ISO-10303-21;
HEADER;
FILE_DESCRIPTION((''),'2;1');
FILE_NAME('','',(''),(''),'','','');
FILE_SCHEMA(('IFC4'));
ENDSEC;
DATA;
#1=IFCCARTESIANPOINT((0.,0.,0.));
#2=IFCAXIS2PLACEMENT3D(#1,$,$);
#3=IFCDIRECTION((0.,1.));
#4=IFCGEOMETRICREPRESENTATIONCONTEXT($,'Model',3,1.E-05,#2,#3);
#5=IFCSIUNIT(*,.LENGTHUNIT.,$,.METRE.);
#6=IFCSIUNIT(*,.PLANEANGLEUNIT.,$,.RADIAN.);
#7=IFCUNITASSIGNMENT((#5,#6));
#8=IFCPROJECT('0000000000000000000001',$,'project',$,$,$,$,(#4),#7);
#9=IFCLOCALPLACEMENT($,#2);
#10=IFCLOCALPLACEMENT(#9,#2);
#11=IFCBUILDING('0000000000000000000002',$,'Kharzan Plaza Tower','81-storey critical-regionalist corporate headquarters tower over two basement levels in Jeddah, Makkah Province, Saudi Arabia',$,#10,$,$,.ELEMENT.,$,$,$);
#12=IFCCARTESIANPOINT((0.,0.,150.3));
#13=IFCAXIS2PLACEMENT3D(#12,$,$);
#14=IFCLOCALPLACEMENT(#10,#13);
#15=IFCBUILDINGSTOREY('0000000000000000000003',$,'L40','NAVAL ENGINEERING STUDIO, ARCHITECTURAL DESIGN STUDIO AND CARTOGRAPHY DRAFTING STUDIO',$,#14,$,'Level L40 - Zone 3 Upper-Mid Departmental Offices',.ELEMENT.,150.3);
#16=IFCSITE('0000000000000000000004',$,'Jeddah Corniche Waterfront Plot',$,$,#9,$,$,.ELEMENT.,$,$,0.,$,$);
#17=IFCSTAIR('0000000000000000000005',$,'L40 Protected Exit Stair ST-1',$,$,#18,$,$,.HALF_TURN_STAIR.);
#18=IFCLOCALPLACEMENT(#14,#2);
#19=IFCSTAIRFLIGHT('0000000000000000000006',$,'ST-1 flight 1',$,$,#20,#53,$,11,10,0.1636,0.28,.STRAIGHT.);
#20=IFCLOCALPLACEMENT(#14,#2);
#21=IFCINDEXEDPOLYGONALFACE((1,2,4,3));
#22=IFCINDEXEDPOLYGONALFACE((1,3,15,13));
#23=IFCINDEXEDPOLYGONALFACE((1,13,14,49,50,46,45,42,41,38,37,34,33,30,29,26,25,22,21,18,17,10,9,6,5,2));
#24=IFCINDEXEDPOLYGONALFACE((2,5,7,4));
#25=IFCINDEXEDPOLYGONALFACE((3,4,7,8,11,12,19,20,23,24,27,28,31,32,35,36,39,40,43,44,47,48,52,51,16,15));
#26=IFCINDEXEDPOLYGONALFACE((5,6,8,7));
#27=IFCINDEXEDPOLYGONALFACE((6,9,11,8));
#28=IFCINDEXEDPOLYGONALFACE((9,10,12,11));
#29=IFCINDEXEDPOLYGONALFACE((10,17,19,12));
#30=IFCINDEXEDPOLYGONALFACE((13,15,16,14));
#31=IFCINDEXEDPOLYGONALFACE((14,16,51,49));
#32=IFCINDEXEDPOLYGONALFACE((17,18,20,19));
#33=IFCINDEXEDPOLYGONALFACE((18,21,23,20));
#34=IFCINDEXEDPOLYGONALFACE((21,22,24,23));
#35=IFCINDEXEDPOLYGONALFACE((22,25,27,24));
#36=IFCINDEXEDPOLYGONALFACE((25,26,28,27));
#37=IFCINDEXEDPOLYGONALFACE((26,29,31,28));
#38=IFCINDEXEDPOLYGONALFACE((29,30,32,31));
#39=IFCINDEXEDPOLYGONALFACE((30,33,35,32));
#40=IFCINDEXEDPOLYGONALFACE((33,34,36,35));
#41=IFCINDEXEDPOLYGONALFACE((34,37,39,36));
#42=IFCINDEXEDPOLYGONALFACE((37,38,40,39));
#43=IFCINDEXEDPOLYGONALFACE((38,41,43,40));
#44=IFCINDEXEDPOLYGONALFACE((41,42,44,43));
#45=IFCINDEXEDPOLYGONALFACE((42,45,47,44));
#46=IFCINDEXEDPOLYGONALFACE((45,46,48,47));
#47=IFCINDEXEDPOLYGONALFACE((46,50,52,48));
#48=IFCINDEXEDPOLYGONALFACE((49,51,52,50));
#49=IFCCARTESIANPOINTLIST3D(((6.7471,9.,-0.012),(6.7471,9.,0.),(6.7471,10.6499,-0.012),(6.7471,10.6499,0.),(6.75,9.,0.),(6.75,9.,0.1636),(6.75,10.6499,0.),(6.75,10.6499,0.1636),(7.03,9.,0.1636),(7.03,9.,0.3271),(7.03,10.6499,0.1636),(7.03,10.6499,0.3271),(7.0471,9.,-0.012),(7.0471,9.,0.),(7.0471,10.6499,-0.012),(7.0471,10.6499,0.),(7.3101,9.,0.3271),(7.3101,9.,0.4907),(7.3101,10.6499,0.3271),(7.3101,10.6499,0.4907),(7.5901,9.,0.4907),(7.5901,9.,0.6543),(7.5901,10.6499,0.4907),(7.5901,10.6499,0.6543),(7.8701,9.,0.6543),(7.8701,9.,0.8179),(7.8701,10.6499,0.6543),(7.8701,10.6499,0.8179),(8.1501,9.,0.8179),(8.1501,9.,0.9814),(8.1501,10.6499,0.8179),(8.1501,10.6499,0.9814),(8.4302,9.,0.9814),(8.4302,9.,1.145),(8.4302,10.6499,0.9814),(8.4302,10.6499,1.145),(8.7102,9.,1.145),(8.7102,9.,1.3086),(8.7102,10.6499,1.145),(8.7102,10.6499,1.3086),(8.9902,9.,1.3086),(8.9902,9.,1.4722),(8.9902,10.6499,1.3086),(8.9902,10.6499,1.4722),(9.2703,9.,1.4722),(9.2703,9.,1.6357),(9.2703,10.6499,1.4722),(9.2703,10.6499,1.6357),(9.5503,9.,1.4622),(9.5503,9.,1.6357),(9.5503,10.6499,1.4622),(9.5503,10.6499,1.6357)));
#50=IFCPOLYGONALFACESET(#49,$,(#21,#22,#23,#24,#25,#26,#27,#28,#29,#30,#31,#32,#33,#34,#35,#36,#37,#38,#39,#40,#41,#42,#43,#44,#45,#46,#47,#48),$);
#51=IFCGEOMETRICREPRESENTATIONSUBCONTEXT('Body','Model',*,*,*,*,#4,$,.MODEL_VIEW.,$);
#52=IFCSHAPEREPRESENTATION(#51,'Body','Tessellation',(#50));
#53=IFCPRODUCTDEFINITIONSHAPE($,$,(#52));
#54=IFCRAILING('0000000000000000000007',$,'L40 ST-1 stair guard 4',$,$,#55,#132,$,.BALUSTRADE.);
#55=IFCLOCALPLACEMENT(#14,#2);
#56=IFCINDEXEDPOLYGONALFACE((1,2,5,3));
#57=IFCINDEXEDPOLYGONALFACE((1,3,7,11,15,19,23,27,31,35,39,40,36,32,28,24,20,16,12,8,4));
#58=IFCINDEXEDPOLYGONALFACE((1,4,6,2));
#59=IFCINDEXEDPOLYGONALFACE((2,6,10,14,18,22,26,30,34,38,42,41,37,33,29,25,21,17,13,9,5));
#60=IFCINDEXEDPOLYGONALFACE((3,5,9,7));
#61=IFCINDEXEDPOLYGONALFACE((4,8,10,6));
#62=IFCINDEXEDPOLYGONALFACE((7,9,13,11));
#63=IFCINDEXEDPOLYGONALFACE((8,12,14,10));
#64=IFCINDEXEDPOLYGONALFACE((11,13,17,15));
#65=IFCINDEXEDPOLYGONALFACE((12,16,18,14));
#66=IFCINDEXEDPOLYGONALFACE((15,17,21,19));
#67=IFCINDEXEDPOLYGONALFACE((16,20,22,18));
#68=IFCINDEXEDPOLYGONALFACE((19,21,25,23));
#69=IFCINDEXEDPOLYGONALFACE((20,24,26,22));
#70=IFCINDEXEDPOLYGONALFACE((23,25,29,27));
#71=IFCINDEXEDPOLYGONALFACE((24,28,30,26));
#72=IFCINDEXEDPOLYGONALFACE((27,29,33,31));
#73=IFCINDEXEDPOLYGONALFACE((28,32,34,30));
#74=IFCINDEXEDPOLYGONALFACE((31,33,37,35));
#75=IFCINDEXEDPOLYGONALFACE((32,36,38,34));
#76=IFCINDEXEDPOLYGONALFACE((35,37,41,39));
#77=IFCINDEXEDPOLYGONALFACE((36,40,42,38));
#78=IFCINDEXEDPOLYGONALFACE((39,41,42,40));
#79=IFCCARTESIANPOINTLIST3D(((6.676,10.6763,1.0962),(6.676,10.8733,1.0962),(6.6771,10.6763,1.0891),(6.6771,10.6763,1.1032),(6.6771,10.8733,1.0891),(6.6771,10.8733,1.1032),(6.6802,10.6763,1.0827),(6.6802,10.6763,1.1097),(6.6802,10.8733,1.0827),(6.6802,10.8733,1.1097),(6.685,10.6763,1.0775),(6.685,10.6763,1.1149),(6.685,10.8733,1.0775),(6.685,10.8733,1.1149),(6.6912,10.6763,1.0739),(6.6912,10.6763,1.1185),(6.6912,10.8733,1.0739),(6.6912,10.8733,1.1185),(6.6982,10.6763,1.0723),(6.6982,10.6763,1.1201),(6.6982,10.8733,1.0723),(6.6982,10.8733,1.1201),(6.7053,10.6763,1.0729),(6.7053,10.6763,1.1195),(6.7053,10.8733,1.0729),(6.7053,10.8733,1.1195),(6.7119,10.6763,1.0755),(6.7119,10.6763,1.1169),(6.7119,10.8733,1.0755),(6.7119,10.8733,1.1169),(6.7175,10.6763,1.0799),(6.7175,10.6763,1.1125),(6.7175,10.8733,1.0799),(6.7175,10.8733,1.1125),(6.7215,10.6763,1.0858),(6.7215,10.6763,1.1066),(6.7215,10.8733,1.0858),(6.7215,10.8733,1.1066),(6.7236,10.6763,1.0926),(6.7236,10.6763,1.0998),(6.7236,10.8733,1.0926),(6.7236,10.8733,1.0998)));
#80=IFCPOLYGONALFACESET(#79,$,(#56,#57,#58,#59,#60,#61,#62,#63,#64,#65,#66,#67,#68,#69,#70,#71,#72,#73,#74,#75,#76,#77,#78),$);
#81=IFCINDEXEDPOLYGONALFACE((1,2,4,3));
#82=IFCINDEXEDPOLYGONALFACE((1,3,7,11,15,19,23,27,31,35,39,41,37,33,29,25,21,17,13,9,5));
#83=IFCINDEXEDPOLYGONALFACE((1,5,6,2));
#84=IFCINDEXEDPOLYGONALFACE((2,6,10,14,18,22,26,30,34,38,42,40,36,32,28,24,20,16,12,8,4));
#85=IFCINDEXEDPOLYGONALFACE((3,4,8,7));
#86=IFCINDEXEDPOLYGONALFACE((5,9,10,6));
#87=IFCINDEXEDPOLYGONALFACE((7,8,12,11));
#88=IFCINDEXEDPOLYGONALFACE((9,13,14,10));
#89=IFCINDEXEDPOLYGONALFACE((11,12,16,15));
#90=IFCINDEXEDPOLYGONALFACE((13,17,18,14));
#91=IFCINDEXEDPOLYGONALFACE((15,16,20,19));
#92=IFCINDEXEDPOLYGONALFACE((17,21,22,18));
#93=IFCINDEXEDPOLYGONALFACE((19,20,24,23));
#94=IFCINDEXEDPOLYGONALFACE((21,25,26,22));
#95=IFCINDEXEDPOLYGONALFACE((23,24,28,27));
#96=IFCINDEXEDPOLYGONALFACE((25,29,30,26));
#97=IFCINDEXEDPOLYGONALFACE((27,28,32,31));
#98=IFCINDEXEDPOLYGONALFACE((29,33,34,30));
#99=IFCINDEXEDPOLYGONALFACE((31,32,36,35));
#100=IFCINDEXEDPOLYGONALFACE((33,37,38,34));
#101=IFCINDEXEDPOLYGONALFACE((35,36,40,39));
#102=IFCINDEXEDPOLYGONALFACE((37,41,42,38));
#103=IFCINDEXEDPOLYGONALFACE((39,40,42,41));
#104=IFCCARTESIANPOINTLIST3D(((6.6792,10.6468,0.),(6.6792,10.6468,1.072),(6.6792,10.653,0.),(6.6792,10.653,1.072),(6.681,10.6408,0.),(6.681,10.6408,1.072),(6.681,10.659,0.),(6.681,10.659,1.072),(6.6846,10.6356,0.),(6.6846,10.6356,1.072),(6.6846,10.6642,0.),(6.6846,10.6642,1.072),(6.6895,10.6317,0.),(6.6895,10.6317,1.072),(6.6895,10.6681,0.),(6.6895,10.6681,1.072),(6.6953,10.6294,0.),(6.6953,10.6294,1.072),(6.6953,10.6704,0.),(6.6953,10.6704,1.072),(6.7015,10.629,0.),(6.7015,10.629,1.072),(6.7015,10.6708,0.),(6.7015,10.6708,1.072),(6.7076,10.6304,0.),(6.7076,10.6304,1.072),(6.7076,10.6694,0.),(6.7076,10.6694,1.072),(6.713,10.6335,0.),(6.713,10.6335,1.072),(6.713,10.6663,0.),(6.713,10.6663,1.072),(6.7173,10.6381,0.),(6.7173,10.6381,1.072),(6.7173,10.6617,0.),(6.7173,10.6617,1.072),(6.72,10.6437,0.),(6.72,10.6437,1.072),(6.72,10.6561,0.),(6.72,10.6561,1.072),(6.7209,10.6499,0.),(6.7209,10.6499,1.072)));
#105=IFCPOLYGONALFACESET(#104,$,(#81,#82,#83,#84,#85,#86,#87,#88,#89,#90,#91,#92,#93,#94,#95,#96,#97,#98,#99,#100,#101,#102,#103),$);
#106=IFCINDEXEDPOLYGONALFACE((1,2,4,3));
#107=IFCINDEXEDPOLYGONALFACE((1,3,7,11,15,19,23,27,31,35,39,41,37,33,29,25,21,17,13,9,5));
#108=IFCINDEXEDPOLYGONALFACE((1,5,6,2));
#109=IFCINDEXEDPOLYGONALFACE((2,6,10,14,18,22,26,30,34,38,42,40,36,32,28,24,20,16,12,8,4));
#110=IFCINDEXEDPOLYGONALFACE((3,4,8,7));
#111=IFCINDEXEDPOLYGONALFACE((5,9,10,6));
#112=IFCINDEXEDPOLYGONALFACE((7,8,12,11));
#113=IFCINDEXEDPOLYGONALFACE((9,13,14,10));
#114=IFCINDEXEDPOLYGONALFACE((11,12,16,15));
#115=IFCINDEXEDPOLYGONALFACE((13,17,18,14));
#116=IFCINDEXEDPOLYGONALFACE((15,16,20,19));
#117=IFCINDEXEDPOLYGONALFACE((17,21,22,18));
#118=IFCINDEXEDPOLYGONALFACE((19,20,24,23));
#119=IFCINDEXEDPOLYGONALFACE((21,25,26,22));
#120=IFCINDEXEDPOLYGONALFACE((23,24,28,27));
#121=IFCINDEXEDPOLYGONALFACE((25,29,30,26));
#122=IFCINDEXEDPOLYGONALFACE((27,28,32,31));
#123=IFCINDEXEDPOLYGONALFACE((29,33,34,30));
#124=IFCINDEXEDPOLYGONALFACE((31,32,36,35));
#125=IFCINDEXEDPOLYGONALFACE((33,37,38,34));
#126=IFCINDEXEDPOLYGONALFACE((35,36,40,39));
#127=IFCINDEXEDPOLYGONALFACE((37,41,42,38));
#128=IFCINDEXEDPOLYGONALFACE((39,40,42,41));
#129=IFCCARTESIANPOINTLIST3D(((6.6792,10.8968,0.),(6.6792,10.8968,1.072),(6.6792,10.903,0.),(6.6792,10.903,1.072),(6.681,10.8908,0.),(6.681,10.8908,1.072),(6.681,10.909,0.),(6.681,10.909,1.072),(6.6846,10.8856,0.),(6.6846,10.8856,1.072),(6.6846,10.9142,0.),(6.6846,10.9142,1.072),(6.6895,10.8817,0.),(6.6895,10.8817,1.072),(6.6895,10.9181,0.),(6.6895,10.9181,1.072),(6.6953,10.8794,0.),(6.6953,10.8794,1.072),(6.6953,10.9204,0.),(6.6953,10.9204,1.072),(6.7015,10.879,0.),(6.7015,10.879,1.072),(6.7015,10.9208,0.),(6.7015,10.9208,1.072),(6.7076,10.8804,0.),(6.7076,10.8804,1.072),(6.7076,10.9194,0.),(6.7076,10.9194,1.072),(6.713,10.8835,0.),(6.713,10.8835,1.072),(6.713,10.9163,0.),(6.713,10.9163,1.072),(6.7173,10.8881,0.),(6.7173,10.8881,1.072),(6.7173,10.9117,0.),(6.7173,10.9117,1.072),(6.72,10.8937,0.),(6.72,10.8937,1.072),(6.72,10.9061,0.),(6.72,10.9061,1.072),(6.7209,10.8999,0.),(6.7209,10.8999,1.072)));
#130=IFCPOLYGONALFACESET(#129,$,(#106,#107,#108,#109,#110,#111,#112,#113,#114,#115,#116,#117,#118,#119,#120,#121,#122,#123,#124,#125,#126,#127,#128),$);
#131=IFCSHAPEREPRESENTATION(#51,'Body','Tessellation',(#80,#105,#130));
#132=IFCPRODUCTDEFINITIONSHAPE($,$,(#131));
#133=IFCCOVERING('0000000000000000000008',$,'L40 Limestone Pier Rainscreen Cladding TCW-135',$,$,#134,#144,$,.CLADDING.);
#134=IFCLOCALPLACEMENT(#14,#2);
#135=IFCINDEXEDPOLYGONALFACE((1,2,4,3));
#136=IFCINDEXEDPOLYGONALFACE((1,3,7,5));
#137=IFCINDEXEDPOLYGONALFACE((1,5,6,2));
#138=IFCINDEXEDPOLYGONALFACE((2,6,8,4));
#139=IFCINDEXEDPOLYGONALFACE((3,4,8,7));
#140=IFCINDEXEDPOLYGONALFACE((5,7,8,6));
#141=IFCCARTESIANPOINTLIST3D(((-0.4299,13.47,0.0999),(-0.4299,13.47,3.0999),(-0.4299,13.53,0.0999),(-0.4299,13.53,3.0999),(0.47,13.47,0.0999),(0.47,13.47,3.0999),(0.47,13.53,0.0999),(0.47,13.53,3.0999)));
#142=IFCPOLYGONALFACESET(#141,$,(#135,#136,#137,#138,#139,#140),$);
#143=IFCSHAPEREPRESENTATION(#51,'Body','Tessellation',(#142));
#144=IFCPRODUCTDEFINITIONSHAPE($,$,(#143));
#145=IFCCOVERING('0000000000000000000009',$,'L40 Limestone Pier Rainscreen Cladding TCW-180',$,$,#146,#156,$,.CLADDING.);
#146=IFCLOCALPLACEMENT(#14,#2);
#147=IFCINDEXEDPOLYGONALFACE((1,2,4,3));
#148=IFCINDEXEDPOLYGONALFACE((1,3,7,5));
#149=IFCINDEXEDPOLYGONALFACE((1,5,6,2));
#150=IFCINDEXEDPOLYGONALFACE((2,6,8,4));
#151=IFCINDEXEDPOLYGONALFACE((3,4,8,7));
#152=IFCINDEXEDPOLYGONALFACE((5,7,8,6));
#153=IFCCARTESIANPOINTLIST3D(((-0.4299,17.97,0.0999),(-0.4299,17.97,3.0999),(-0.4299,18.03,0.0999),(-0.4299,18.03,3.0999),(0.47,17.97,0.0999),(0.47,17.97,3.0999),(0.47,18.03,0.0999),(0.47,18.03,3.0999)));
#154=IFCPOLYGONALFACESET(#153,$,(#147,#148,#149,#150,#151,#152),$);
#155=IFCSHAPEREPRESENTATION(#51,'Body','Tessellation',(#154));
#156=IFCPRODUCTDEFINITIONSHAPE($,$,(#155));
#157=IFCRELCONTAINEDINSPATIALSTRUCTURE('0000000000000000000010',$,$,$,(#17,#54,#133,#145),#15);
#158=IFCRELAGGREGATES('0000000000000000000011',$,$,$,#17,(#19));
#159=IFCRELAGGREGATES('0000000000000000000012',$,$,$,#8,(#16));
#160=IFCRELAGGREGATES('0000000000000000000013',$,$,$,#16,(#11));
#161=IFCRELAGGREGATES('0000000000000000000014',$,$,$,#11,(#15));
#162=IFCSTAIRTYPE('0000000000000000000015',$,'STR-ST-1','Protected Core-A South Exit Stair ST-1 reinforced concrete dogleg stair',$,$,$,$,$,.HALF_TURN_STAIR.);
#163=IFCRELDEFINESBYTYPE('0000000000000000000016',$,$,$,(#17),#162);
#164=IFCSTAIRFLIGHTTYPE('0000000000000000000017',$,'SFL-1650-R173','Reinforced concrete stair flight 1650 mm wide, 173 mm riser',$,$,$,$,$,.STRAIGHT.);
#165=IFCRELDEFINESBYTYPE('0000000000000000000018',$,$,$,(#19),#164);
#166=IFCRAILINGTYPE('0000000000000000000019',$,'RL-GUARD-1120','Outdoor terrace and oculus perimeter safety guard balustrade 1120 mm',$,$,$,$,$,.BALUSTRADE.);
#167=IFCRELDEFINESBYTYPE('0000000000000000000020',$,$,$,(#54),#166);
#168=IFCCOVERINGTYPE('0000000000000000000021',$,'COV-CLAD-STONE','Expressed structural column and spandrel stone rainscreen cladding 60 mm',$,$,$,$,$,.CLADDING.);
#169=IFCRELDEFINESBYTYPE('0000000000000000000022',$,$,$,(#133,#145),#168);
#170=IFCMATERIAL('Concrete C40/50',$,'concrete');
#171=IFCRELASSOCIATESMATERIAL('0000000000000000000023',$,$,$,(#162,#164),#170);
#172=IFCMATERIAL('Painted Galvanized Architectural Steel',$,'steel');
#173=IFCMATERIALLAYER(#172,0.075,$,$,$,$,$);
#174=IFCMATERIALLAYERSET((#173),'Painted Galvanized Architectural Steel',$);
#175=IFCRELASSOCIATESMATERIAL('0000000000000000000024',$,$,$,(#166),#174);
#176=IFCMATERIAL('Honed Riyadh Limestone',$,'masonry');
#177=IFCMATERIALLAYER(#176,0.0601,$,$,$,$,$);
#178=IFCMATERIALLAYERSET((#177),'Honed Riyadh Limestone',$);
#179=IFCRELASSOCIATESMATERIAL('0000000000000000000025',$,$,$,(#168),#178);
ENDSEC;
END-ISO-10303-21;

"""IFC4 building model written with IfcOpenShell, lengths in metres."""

from ifc_helpers import new_model, si_unit, direction, frame, origin, origin_2d, place, context, subcontext, project, spatial, polyline, rectangle, circle, outline, extrude, source, transform, mapped, material, layer, layer_set, type_object, element, aggregate, save


model = new_model("IFC4")

# Units and contexts
model_context = context("Model", 3, precision=1e-05, world=origin(), true_north=direction((0.0, 1.0)))
body_context = subcontext(model_context, "Body", "Model", "MODEL_VIEW")
ifc_project = project(units=[si_unit("LENGTHUNIT", "METRE"), si_unit("PLANEANGLEUNIT", "RADIAN")], contexts=[model_context])

# Site, building, storey
site_placement = place(None, origin())
site = spatial("IfcSite", under=ifc_project, at=site_placement, Name="Jeddah Corniche Waterfront Plot", CompositionType="ELEMENT", RefElevation=0.0)
building_placement = place(site_placement, origin())
building = spatial("IfcBuilding", under=site, at=building_placement, Name="Kharzan Plaza Tower", Description="81-storey critical-regionalist corporate headquarters tower over two basement levels in Jeddah, Makkah Province, Saudi Arabia", CompositionType="ELEMENT")
storey_placement = place(building_placement, frame((0.0, 0.0, 150.3)))
storey = spatial("IfcBuildingStorey", under=building, at=storey_placement, Name="L40", Description="NAVAL ENGINEERING STUDIO, ARCHITECTURAL DESIGN STUDIO AND CARTOGRAPHY DRAFTING STUDIO", LongName="Level L40 - Zone 3 Upper-Mid Departmental Offices", CompositionType="ELEMENT", Elevation=150.3)

# Shared definitions
ifc_material_1 = material(Name="Concrete C40/50", Category="concrete")

# Stair, stair flight
stair_type = type_object("IfcStairType", Name="STR-ST-1", Description="Protected Core-A South Exit Stair ST-1 reinforced concrete dogleg stair", PredefinedType="HALF_TURN_STAIR", material=ifc_material_1)
stair_placement = place(storey_placement, origin())
stair = element("IfcStair", 1, at=stair_placement, inside=storey, type_object=stair_type, Name="L40 Protected Exit Stair ST-1", PredefinedType="HALF_TURN_STAIR")
stair_flight_type = type_object("IfcStairFlightType", Name="SFL-1650-R173", Description="Reinforced concrete stair flight 1650 mm wide, 173 mm riser", PredefinedType="STRAIGHT", material=ifc_material_1)
shared_shape_1 = source(origin(), body_context, "Body", "SweptSolid", [
    extrude(outline(polyline([(-0.0029, -0.012), (-0.0029, 0.0), (0.0, 0.0), (0.0, 0.1636), (0.28, 0.1636), (0.28, 0.3271), (0.5601, 0.3271), (0.5601, 0.4907), (0.8401, 0.4907), (0.8401, 0.6543), (1.1201, 0.6543), (1.1201, 0.8179), (1.4001, 0.8179), (1.4001, 0.9814), (1.6802, 0.9814), (1.6802, 1.145), (1.9602, 1.145), (1.9602, 1.3086), (2.2402, 1.3086), (2.2402, 1.4722), (2.5203, 1.4722), (2.5203, 1.6357), (2.8003, 1.6357), (2.8003, 1.7993), (2.8003, 1.4622), (0.2971, 0.0), (0.2971, -0.012), (-0.0029, -0.012)])), frame((0.0, 0.825, 0.0), z_axis=(0.0, -1.0, 0.0), x_axis=(1.0, 0.0, 0.0)), (0.0, 0.0, 1.0), 1.6499),
])
stair_flight_placement = place(storey_placement, frame((6.75, 9.825, 0.0), z_axis=(0.0, 0.0, 1.0), x_axis=(1.0, 0.0, 0.0)))
stair_flight = element("IfcStairFlight", 2, at=stair_flight_placement, type_object=stair_flight_type, Name="ST-1 flight 1", NumberOfRisers=11, NumberOfTreads=10, PredefinedType="STRAIGHT", RiserHeight=0.1636, TreadLength=0.28, context=body_context, shape_type="MappedRepresentation", body=[
    mapped(shared_shape_1, transform((0.0, 0.0, 0.0), x_axis=(1.0, 0.0, 0.0), y_axis=(0.0, 1.0, 0.0), z_axis=(0.0, 0.0, 1.0))),
])
aggregate(stair, [stair_flight])

# Railing
ifc_material_2 = material(Name="Painted Galvanized Architectural Steel", Category="steel")
ifc_layer_1 = layer(ifc_material_2, 0.075)
ifc_layer_set_1 = layer_set([ifc_layer_1], Name="Painted Galvanized Architectural Steel")
railing_type_1 = type_object("IfcRailingType", Name="RL-GUARD-1120", Description="Outdoor terrace and oculus perimeter safety guard balustrade 1120 mm", PredefinedType="BALUSTRADE", material=ifc_layer_set_1)
shared_shape_2 = source(origin(), body_context, "Body", "SweptSolid", [
    extrude(circle(Radius=0.0239, at=origin_2d()), frame((0.0, 0.0264, 1.0962), z_axis=(0.0, 1.0, 0.0), x_axis=(-1.0, 0.0, 0.0)), (0.0, 0.0, 1.0), 0.197),
    extrude(circle(Radius=0.021, at=origin_2d()), origin(), (0.0, 0.0, 1.0), 1.072),
    extrude(circle(Radius=0.021, at=origin_2d()), frame((0.0, 0.25, 0.0)), (0.0, 0.0, 1.0), 1.072),
])
railing_1_placement = place(storey_placement, frame((6.7, 10.6499, 0.0)))
element("IfcRailing", 3, at=railing_1_placement, inside=storey, type_object=railing_type_1, Name="L40 ST-1 stair guard 4", PredefinedType="BALUSTRADE", context=body_context, shape_type="MappedRepresentation", body=[
    mapped(shared_shape_2, transform((0.0, 0.0, 0.0), x_axis=(1.0, 0.0, 0.0), y_axis=(0.0, 1.0, 0.0), z_axis=(0.0, 0.0, 1.0))),
])

# Coverings
ifc_material_3 = material(Name="Honed Riyadh Limestone", Category="masonry")
ifc_layer_2 = layer(ifc_material_3, 0.0601)
ifc_layer_set_2 = layer_set([ifc_layer_2], Name="Honed Riyadh Limestone")
covering_type = type_object("IfcCoveringType", Name="COV-CLAD-STONE", Description="Expressed structural column and spandrel stone rainscreen cladding 60 mm", PredefinedType="CLADDING", material=ifc_layer_set_2)
shared_shape_3 = source(origin(), body_context, "Body", "SweptSolid", [
    extrude(rectangle(XDim=0.0601, YDim=0.8999, at=origin_2d()), origin(), (0.0, 0.0, 1.0), 3.0),
])
for number, where, z_axis, x_axis, name in (
    (4, (0.02, 13.5, 0.0999), (0.0, 0.0, 1.0), (0.0, 1.0, 0.0), "L40 Limestone Pier Rainscreen Cladding TCW-135"),
    (5, (0.02, 18.0, 0.0999), (0.0, 0.0, 1.0), (0.0, 1.0, 0.0), "L40 Limestone Pier Rainscreen Cladding TCW-180"),
):
    element("IfcCovering", number, at=place(storey_placement, frame(where, z_axis=z_axis, x_axis=x_axis)), inside=storey, type_object=covering_type, Name=name, PredefinedType="CLADDING", context=body_context, shape_type="MappedRepresentation", body=[
        mapped(shared_shape_3, transform((0.0, 0.0, 0.0), x_axis=(1.0, 0.0, 0.0), y_axis=(0.0, 1.0, 0.0), z_axis=(0.0, 0.0, 1.0))),
    ])

save(model, "model.ifc")
